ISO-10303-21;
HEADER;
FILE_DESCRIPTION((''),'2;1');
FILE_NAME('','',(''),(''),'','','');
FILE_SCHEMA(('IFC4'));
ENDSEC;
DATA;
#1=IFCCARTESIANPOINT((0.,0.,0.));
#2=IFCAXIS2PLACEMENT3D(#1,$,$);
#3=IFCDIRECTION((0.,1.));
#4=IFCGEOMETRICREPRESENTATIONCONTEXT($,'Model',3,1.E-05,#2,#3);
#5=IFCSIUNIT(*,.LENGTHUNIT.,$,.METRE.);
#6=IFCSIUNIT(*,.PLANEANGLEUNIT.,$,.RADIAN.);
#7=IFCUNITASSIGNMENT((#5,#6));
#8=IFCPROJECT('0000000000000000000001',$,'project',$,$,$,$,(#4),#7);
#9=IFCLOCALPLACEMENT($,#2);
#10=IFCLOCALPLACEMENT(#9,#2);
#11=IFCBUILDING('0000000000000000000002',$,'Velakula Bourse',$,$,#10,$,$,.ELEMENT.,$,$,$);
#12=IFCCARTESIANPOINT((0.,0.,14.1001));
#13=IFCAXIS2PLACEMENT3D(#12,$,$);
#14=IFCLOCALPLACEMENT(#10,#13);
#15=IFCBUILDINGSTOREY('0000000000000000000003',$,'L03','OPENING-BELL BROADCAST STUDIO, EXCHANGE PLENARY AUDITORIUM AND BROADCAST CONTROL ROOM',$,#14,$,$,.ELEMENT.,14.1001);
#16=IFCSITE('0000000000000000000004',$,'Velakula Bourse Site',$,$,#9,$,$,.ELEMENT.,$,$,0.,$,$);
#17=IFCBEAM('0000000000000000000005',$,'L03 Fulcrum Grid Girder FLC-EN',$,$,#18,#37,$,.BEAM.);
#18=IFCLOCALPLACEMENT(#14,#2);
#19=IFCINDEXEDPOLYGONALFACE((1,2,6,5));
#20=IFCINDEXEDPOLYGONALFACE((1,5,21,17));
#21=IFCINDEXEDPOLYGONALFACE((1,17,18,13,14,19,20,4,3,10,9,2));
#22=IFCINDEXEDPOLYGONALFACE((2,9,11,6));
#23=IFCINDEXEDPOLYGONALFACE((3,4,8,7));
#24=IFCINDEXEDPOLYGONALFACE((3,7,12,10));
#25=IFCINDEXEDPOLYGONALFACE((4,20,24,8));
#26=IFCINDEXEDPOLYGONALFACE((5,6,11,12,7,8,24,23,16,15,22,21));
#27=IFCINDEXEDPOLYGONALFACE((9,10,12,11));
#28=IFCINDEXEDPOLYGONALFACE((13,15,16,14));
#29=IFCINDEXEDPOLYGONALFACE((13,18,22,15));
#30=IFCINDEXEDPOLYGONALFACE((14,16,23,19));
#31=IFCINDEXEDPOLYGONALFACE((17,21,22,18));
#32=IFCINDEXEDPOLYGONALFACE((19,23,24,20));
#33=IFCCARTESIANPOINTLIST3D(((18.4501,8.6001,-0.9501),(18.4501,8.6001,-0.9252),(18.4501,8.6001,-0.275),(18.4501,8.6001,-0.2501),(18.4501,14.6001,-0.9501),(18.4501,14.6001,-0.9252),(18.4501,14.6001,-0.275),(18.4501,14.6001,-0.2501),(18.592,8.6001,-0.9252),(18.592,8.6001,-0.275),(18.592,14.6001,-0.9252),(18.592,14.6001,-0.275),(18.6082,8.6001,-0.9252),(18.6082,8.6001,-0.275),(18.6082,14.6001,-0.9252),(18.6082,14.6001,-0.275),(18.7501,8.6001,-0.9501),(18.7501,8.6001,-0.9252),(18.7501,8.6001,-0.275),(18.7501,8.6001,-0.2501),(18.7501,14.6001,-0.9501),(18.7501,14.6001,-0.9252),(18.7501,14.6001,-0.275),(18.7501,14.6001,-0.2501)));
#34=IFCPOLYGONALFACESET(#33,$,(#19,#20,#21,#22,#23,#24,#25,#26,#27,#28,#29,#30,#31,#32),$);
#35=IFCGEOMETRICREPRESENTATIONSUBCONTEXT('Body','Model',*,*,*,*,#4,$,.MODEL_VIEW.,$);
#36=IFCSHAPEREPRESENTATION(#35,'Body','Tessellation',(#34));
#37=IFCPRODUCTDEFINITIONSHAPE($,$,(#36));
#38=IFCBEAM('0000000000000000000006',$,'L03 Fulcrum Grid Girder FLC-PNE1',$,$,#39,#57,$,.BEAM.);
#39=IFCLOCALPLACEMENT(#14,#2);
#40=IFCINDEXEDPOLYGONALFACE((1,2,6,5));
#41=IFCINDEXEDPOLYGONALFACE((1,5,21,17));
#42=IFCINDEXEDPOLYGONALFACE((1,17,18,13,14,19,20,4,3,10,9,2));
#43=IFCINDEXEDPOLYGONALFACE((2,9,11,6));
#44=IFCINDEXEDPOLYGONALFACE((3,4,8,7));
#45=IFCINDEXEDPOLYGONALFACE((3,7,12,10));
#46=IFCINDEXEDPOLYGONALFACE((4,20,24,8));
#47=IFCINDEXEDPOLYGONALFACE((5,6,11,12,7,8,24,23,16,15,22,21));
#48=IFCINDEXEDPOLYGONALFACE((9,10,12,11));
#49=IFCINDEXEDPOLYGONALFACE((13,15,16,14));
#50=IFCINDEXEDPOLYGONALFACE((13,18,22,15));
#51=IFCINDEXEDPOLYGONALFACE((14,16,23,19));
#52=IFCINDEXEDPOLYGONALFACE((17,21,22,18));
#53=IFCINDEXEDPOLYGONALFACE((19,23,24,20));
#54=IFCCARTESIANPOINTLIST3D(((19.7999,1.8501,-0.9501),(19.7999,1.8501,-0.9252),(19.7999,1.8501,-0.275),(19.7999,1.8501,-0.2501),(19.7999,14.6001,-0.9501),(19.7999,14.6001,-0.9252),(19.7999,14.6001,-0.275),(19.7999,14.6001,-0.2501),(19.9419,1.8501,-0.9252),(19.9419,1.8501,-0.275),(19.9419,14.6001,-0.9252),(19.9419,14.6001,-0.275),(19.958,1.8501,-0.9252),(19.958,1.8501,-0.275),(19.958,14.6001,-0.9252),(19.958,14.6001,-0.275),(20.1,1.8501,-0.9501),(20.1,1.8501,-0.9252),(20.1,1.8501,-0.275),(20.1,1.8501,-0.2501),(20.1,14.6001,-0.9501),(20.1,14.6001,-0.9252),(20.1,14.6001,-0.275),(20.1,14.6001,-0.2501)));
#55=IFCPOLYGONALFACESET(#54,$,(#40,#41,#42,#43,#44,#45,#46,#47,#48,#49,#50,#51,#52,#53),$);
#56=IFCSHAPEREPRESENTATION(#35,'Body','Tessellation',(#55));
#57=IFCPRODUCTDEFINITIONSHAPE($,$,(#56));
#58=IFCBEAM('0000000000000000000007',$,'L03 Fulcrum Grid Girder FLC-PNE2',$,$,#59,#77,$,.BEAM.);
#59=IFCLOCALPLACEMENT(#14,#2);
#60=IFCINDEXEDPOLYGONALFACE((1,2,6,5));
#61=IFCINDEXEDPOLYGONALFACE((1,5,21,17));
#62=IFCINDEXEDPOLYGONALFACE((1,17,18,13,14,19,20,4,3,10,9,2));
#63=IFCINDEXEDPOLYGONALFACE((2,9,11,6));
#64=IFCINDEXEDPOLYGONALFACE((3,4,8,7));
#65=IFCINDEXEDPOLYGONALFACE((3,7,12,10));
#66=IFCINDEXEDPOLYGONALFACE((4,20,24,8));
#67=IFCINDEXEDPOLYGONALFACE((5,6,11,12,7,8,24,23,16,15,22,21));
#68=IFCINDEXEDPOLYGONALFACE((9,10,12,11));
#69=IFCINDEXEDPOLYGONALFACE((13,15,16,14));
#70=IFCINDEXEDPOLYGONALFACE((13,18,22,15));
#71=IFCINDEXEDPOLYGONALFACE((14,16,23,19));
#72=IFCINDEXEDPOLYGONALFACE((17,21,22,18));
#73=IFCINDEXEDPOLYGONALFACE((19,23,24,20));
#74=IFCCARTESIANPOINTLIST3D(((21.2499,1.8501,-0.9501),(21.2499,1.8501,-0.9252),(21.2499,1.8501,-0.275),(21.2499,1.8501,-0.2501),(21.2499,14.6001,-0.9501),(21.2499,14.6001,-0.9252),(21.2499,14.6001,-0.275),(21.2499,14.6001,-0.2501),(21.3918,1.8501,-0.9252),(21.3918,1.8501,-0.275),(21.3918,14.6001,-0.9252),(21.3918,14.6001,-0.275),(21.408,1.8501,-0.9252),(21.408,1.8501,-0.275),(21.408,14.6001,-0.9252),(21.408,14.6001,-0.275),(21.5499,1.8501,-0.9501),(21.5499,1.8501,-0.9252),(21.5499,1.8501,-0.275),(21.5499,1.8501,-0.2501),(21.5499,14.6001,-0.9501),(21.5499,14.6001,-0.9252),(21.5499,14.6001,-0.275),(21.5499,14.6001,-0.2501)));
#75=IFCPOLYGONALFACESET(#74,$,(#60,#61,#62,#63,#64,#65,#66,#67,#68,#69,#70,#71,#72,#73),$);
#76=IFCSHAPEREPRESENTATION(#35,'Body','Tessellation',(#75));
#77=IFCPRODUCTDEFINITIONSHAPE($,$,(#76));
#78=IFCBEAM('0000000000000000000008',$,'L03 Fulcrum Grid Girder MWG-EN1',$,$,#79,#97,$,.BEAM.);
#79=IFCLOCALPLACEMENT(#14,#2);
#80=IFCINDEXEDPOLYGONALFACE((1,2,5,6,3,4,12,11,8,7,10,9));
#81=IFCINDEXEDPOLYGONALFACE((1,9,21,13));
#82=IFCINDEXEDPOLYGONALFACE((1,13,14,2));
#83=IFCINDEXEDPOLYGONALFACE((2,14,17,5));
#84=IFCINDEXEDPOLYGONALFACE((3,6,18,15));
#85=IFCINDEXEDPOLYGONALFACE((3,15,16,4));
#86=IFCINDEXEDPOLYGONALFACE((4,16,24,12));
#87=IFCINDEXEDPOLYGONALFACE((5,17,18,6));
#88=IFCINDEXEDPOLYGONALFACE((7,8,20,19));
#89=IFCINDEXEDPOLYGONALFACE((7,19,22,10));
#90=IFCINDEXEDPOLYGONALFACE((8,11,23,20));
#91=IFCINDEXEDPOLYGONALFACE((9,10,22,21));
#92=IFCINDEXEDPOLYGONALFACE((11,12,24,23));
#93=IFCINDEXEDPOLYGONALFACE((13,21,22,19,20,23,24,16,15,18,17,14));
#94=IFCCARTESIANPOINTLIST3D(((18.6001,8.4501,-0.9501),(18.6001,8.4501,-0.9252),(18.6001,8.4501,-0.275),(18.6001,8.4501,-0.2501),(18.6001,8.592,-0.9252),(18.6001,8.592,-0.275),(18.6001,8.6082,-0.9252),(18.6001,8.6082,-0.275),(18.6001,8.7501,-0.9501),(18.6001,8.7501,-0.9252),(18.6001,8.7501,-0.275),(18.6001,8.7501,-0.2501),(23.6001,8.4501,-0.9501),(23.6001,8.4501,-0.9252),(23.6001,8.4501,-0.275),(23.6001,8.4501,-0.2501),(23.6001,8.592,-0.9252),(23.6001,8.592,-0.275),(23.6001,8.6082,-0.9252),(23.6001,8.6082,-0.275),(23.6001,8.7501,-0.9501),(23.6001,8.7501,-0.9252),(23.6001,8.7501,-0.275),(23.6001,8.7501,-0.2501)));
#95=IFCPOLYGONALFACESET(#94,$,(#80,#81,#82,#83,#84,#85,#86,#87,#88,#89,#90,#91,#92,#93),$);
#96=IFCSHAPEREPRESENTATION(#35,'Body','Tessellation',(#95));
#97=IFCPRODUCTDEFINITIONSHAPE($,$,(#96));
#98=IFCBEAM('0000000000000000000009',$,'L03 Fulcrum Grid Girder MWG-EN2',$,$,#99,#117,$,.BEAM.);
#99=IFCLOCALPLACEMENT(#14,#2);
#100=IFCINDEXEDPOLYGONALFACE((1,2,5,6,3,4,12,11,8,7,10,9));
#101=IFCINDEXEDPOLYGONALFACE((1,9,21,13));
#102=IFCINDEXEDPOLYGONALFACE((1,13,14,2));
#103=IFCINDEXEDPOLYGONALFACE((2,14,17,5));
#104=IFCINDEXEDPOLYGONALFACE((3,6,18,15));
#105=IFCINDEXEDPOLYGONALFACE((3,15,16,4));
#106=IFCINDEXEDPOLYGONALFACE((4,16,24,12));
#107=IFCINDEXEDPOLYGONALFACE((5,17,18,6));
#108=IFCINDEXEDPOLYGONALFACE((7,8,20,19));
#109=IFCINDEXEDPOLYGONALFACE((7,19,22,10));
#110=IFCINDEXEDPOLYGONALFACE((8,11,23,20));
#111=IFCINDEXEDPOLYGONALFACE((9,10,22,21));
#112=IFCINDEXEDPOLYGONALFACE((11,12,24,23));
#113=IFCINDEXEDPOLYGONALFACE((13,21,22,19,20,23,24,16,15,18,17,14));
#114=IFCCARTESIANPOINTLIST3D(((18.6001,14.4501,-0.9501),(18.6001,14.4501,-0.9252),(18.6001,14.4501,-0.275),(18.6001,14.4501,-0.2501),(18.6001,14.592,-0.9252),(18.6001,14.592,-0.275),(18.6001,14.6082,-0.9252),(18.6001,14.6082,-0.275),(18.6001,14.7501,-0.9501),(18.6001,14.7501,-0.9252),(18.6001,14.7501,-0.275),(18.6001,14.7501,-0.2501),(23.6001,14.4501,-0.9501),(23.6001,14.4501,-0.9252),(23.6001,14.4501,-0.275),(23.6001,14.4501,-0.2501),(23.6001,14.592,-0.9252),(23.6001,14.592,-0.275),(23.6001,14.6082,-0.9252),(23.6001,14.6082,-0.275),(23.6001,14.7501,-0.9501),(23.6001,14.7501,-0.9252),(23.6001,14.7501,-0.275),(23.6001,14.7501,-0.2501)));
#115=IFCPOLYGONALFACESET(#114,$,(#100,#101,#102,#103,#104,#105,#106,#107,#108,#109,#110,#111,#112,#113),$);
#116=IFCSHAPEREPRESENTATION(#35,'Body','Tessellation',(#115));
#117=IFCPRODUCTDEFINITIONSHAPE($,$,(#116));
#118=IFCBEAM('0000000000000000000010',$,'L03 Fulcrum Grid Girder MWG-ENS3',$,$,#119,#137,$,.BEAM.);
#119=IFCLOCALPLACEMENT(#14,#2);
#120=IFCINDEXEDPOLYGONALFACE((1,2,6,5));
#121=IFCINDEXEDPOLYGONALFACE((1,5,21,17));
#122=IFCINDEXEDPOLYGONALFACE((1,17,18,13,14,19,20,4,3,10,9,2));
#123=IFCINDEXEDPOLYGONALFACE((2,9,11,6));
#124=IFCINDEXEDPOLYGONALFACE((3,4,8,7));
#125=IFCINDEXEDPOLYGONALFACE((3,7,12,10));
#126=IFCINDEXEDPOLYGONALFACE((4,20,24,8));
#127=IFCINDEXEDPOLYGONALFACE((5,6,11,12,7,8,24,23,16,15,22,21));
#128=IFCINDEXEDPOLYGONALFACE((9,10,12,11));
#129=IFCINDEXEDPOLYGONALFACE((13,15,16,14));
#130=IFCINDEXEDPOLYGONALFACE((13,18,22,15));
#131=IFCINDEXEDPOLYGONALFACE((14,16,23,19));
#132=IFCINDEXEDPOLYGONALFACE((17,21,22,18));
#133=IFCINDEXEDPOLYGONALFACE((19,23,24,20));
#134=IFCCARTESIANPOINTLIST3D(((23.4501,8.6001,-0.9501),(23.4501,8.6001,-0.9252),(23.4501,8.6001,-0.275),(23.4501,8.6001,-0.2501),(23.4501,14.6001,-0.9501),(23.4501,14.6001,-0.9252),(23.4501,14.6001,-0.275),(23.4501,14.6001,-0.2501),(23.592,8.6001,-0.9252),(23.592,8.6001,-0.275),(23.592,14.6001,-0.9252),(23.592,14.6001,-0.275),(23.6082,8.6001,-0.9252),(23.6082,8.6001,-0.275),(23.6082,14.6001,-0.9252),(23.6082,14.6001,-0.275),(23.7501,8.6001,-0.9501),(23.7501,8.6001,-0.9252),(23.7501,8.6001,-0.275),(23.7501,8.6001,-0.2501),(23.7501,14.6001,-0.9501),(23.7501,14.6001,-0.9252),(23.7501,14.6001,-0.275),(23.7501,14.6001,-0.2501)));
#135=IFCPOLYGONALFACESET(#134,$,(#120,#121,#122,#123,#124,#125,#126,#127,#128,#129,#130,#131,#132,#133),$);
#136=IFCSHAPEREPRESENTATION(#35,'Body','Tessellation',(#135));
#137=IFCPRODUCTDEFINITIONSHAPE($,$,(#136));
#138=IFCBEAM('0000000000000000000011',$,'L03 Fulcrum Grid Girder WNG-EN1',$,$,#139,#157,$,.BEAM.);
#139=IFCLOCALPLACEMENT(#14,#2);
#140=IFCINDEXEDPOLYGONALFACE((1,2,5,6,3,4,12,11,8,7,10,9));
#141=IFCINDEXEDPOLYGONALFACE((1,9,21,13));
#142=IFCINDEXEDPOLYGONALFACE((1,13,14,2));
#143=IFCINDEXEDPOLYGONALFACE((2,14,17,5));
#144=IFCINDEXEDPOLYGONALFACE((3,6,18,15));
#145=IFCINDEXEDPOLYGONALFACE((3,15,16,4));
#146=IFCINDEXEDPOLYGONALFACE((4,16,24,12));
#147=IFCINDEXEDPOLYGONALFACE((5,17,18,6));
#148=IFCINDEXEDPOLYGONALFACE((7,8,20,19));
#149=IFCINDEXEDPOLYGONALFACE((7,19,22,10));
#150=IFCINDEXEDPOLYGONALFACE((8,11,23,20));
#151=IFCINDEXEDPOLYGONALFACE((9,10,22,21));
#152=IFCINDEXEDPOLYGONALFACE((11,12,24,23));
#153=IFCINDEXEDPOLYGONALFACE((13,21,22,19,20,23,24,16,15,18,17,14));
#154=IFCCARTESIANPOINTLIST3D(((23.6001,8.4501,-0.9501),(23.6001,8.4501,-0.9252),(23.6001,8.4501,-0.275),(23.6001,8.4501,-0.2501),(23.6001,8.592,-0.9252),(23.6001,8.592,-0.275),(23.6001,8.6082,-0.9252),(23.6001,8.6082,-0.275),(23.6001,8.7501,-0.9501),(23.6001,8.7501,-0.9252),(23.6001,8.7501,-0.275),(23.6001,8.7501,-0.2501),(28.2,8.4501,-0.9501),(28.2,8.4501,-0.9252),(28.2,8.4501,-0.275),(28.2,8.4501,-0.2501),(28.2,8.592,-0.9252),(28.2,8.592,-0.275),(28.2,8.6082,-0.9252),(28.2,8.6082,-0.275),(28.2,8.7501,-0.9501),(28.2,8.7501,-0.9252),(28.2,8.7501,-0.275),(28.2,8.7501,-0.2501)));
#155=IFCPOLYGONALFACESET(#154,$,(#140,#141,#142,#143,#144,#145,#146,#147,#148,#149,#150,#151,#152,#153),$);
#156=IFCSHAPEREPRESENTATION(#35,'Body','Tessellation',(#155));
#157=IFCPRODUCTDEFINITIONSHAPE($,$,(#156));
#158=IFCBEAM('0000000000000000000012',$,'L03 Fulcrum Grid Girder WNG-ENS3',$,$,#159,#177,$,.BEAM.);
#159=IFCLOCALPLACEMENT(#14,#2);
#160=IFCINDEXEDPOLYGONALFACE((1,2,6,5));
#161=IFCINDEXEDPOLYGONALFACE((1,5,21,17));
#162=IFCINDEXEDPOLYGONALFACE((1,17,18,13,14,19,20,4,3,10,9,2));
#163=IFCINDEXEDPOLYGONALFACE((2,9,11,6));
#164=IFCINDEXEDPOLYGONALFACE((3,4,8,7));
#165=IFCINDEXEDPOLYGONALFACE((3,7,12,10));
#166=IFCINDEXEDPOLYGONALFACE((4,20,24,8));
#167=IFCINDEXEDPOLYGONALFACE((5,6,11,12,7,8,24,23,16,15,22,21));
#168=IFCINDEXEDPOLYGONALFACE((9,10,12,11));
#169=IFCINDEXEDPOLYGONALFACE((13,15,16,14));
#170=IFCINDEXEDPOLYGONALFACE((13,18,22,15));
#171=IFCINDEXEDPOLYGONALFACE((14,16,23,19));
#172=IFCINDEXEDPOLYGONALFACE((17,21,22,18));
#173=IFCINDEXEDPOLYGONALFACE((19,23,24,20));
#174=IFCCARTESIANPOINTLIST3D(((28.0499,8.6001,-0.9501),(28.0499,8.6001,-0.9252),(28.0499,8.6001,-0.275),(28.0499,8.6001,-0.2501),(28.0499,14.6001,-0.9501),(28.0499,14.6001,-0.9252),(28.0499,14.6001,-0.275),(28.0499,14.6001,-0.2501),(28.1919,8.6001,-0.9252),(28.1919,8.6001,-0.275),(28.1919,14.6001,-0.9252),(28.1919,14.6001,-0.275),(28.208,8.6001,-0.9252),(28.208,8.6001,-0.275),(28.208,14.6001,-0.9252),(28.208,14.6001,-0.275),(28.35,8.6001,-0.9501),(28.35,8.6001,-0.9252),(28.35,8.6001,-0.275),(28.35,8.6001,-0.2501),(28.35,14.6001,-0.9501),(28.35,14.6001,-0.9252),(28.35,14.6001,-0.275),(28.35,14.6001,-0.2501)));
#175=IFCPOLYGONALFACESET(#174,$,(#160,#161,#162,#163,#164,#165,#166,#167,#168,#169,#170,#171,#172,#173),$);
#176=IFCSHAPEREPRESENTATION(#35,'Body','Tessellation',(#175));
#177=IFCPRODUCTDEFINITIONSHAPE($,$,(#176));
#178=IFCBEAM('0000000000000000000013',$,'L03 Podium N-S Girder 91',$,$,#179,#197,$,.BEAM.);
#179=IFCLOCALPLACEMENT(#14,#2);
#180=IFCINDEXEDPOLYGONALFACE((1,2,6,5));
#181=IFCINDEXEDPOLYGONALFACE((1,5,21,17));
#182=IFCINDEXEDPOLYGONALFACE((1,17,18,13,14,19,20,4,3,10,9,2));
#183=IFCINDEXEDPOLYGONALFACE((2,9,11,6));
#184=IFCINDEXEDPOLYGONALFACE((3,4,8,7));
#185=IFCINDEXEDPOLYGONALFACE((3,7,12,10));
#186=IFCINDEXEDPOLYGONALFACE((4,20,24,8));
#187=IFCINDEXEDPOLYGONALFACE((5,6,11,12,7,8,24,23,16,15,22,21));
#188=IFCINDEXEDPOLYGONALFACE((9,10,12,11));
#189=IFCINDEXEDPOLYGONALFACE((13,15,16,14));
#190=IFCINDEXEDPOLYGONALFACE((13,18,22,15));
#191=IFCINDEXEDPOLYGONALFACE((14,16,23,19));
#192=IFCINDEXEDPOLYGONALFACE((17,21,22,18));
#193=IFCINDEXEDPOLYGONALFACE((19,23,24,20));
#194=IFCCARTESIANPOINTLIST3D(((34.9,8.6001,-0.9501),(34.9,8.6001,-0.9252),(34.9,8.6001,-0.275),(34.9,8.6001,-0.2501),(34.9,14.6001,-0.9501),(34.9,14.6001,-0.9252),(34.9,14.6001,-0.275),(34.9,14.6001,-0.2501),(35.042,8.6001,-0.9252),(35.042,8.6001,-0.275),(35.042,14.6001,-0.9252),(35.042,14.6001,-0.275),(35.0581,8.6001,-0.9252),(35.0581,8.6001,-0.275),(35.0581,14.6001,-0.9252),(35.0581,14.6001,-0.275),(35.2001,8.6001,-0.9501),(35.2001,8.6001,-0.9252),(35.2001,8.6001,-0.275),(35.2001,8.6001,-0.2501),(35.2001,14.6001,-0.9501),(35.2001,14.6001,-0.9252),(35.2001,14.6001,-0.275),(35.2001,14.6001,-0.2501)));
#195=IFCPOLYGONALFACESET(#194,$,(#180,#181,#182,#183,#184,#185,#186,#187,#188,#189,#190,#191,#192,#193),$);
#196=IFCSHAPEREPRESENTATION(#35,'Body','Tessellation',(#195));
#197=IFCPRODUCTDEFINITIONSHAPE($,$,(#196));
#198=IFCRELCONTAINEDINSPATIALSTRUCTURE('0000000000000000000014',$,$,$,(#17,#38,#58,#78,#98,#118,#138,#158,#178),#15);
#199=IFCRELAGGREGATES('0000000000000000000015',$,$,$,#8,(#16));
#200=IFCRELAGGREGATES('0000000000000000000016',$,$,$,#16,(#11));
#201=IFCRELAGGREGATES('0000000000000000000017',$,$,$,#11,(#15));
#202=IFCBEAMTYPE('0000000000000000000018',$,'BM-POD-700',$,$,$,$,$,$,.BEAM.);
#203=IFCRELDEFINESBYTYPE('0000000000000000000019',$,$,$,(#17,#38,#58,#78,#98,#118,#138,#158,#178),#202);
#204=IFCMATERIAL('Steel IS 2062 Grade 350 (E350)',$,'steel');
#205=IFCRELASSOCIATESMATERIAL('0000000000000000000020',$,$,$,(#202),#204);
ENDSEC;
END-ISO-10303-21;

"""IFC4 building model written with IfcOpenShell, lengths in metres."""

from ifc_helpers import new_model, si_unit, direction, frame, origin, origin_2d, place, context, subcontext, project, spatial, i_section, extrude, material, material_profile, profile_set, type_object, element, save


model = new_model("IFC4")

# Units and contexts
model_context = context("Model", 3, precision=1e-05, world=origin(), true_north=direction((0.0, 1.0)))
body_context = subcontext(model_context, "Body", "Model", "MODEL_VIEW")
ifc_project = project(units=[si_unit("LENGTHUNIT", "METRE"), si_unit("PLANEANGLEUNIT", "RADIAN")], contexts=[model_context])

# Site, building, storey
site_placement = place(None, origin())
site = spatial("IfcSite", under=ifc_project, at=site_placement, Name="Velakula Bourse Site", CompositionType="ELEMENT", RefElevation=0.0)
building_placement = place(site_placement, origin())
building = spatial("IfcBuilding", under=site, at=building_placement, Name="Velakula Bourse", CompositionType="ELEMENT")
storey_placement = place(building_placement, frame((0.0, 0.0, 14.1001)))
storey = spatial("IfcBuildingStorey", under=building, at=storey_placement, Name="L03", Description="OPENING-BELL BROADCAST STUDIO, EXCHANGE PLENARY AUDITORIUM AND BROADCAST CONTROL ROOM", CompositionType="ELEMENT", Elevation=14.1001)

# Beams
ifc_material_1 = material(Name="Steel IS 2062 Grade 350 (E350)", Category="steel")
ifc_material_profile_1 = material_profile(ifc_material_1, i_section(OverallWidth=0.3, OverallDepth=0.7, WebThickness=0.0161, FlangeThickness=0.0249, at=origin_2d()), Name="Steel IS 2062 Grade 350 (E350)")
ifc_profile_set_1 = profile_set([ifc_material_profile_1], Name="Steel IS 2062 Grade 350 (E350)")
beam_type_1 = type_object("IfcBeamType", Name="BM-POD-700", PredefinedType="BEAM", material=ifc_profile_set_1)
beam_1_placement = place(storey_placement, frame((18.6001, 8.6001, -0.6001), z_axis=(0.0, 1.0, 0.0), x_axis=(-1.0, 0.0, 0.0)))
element("IfcBeam", 1, at=beam_1_placement, inside=storey, type_object=beam_type_1, Name="L03 Fulcrum Grid Girder FLC-EN", PredefinedType="BEAM", context=body_context, shape_type="SweptSolid", body=[
    extrude(i_section(OverallWidth=0.3, OverallDepth=0.7, WebThickness=0.0161, FlangeThickness=0.0249, at=origin_2d()), origin(), (0.0, 0.0, 1.0), 6.0),
])
for number, where, z_axis, x_axis, name in (
    (2, (19.95, 1.8501, -0.6001), (0.0, 1.0, 0.0), (-1.0, 0.0, 0.0), "L03 Fulcrum Grid Girder FLC-PNE1"),
    (3, (21.3999, 1.8501, -0.6001), (0.0, 1.0, 0.0), (-1.0, 0.0, 0.0), "L03 Fulcrum Grid Girder FLC-PNE2"),
):
    element("IfcBeam", number, at=place(storey_placement, frame(where, z_axis=z_axis, x_axis=x_axis)), inside=storey, type_object=beam_type_1, Name=name, PredefinedType="BEAM", context=body_context, shape_type="SweptSolid", body=[
        extrude(i_section(OverallWidth=0.3, OverallDepth=0.7, WebThickness=0.0161, FlangeThickness=0.0249, at=origin_2d()), origin(), (0.0, 0.0, 1.0), 12.75),
    ])
for number, where, z_axis, x_axis, name in (
    (4, (18.6001, 8.6001, -0.6001), (1.0, 0.0, 0.0), (0.0, 1.0, 0.0), "L03 Fulcrum Grid Girder MWG-EN1"),
    (5, (18.6001, 14.6001, -0.6001), (1.0, 0.0, 0.0), (0.0, 1.0, 0.0), "L03 Fulcrum Grid Girder MWG-EN2"),
):
    element("IfcBeam", number, at=place(storey_placement, frame(where, z_axis=z_axis, x_axis=x_axis)), inside=storey, type_object=beam_type_1, Name=name, PredefinedType="BEAM", context=body_context, shape_type="SweptSolid", body=[
        extrude(i_section(OverallWidth=0.3, OverallDepth=0.7, WebThickness=0.0161, FlangeThickness=0.0249, at=origin_2d()), origin(), (0.0, 0.0, 1.0), 5.0),
    ])
beam_2_placement = place(storey_placement, frame((23.6001, 8.6001, -0.6001), z_axis=(0.0, 1.0, 0.0), x_axis=(-1.0, 0.0, 0.0)))
element("IfcBeam", 6, at=beam_2_placement, inside=storey, type_object=beam_type_1, Name="L03 Fulcrum Grid Girder MWG-ENS3", PredefinedType="BEAM", context=body_context, shape_type="SweptSolid", body=[
    extrude(i_section(OverallWidth=0.3, OverallDepth=0.7, WebThickness=0.0161, FlangeThickness=0.0249, at=origin_2d()), origin(), (0.0, 0.0, 1.0), 6.0),
])
beam_3_placement = place(storey_placement, frame((23.6001, 8.6001, -0.6001), z_axis=(1.0, 0.0, 0.0), x_axis=(0.0, 1.0, 0.0)))
element("IfcBeam", 7, at=beam_3_placement, inside=storey, type_object=beam_type_1, Name="L03 Fulcrum Grid Girder WNG-EN1", PredefinedType="BEAM", context=body_context, shape_type="SweptSolid", body=[
    extrude(i_section(OverallWidth=0.3, OverallDepth=0.7, WebThickness=0.0161, FlangeThickness=0.0249, at=origin_2d()), origin(), (0.0, 0.0, 1.0), 4.5999),
])
for number, where, z_axis, x_axis, name in (
    (8, (28.2, 8.6001, -0.6001), (0.0, 1.0, 0.0), (-1.0, 0.0, 0.0), "L03 Fulcrum Grid Girder WNG-ENS3"),
    (9, (35.05, 8.6001, -0.6001), (0.0, 1.0, 0.0), (-1.0, 0.0, 0.0), "L03 Podium N-S Girder 91"),
):
    element("IfcBeam", number, at=place(storey_placement, frame(where, z_axis=z_axis, x_axis=x_axis)), inside=storey, type_object=beam_type_1, Name=name, PredefinedType="BEAM", context=body_context, shape_type="SweptSolid", body=[
        extrude(i_section(OverallWidth=0.3, OverallDepth=0.7, WebThickness=0.0161, FlangeThickness=0.0249, at=origin_2d()), origin(), (0.0, 0.0, 1.0), 6.0),
    ])

save(model, "model.ifc")
